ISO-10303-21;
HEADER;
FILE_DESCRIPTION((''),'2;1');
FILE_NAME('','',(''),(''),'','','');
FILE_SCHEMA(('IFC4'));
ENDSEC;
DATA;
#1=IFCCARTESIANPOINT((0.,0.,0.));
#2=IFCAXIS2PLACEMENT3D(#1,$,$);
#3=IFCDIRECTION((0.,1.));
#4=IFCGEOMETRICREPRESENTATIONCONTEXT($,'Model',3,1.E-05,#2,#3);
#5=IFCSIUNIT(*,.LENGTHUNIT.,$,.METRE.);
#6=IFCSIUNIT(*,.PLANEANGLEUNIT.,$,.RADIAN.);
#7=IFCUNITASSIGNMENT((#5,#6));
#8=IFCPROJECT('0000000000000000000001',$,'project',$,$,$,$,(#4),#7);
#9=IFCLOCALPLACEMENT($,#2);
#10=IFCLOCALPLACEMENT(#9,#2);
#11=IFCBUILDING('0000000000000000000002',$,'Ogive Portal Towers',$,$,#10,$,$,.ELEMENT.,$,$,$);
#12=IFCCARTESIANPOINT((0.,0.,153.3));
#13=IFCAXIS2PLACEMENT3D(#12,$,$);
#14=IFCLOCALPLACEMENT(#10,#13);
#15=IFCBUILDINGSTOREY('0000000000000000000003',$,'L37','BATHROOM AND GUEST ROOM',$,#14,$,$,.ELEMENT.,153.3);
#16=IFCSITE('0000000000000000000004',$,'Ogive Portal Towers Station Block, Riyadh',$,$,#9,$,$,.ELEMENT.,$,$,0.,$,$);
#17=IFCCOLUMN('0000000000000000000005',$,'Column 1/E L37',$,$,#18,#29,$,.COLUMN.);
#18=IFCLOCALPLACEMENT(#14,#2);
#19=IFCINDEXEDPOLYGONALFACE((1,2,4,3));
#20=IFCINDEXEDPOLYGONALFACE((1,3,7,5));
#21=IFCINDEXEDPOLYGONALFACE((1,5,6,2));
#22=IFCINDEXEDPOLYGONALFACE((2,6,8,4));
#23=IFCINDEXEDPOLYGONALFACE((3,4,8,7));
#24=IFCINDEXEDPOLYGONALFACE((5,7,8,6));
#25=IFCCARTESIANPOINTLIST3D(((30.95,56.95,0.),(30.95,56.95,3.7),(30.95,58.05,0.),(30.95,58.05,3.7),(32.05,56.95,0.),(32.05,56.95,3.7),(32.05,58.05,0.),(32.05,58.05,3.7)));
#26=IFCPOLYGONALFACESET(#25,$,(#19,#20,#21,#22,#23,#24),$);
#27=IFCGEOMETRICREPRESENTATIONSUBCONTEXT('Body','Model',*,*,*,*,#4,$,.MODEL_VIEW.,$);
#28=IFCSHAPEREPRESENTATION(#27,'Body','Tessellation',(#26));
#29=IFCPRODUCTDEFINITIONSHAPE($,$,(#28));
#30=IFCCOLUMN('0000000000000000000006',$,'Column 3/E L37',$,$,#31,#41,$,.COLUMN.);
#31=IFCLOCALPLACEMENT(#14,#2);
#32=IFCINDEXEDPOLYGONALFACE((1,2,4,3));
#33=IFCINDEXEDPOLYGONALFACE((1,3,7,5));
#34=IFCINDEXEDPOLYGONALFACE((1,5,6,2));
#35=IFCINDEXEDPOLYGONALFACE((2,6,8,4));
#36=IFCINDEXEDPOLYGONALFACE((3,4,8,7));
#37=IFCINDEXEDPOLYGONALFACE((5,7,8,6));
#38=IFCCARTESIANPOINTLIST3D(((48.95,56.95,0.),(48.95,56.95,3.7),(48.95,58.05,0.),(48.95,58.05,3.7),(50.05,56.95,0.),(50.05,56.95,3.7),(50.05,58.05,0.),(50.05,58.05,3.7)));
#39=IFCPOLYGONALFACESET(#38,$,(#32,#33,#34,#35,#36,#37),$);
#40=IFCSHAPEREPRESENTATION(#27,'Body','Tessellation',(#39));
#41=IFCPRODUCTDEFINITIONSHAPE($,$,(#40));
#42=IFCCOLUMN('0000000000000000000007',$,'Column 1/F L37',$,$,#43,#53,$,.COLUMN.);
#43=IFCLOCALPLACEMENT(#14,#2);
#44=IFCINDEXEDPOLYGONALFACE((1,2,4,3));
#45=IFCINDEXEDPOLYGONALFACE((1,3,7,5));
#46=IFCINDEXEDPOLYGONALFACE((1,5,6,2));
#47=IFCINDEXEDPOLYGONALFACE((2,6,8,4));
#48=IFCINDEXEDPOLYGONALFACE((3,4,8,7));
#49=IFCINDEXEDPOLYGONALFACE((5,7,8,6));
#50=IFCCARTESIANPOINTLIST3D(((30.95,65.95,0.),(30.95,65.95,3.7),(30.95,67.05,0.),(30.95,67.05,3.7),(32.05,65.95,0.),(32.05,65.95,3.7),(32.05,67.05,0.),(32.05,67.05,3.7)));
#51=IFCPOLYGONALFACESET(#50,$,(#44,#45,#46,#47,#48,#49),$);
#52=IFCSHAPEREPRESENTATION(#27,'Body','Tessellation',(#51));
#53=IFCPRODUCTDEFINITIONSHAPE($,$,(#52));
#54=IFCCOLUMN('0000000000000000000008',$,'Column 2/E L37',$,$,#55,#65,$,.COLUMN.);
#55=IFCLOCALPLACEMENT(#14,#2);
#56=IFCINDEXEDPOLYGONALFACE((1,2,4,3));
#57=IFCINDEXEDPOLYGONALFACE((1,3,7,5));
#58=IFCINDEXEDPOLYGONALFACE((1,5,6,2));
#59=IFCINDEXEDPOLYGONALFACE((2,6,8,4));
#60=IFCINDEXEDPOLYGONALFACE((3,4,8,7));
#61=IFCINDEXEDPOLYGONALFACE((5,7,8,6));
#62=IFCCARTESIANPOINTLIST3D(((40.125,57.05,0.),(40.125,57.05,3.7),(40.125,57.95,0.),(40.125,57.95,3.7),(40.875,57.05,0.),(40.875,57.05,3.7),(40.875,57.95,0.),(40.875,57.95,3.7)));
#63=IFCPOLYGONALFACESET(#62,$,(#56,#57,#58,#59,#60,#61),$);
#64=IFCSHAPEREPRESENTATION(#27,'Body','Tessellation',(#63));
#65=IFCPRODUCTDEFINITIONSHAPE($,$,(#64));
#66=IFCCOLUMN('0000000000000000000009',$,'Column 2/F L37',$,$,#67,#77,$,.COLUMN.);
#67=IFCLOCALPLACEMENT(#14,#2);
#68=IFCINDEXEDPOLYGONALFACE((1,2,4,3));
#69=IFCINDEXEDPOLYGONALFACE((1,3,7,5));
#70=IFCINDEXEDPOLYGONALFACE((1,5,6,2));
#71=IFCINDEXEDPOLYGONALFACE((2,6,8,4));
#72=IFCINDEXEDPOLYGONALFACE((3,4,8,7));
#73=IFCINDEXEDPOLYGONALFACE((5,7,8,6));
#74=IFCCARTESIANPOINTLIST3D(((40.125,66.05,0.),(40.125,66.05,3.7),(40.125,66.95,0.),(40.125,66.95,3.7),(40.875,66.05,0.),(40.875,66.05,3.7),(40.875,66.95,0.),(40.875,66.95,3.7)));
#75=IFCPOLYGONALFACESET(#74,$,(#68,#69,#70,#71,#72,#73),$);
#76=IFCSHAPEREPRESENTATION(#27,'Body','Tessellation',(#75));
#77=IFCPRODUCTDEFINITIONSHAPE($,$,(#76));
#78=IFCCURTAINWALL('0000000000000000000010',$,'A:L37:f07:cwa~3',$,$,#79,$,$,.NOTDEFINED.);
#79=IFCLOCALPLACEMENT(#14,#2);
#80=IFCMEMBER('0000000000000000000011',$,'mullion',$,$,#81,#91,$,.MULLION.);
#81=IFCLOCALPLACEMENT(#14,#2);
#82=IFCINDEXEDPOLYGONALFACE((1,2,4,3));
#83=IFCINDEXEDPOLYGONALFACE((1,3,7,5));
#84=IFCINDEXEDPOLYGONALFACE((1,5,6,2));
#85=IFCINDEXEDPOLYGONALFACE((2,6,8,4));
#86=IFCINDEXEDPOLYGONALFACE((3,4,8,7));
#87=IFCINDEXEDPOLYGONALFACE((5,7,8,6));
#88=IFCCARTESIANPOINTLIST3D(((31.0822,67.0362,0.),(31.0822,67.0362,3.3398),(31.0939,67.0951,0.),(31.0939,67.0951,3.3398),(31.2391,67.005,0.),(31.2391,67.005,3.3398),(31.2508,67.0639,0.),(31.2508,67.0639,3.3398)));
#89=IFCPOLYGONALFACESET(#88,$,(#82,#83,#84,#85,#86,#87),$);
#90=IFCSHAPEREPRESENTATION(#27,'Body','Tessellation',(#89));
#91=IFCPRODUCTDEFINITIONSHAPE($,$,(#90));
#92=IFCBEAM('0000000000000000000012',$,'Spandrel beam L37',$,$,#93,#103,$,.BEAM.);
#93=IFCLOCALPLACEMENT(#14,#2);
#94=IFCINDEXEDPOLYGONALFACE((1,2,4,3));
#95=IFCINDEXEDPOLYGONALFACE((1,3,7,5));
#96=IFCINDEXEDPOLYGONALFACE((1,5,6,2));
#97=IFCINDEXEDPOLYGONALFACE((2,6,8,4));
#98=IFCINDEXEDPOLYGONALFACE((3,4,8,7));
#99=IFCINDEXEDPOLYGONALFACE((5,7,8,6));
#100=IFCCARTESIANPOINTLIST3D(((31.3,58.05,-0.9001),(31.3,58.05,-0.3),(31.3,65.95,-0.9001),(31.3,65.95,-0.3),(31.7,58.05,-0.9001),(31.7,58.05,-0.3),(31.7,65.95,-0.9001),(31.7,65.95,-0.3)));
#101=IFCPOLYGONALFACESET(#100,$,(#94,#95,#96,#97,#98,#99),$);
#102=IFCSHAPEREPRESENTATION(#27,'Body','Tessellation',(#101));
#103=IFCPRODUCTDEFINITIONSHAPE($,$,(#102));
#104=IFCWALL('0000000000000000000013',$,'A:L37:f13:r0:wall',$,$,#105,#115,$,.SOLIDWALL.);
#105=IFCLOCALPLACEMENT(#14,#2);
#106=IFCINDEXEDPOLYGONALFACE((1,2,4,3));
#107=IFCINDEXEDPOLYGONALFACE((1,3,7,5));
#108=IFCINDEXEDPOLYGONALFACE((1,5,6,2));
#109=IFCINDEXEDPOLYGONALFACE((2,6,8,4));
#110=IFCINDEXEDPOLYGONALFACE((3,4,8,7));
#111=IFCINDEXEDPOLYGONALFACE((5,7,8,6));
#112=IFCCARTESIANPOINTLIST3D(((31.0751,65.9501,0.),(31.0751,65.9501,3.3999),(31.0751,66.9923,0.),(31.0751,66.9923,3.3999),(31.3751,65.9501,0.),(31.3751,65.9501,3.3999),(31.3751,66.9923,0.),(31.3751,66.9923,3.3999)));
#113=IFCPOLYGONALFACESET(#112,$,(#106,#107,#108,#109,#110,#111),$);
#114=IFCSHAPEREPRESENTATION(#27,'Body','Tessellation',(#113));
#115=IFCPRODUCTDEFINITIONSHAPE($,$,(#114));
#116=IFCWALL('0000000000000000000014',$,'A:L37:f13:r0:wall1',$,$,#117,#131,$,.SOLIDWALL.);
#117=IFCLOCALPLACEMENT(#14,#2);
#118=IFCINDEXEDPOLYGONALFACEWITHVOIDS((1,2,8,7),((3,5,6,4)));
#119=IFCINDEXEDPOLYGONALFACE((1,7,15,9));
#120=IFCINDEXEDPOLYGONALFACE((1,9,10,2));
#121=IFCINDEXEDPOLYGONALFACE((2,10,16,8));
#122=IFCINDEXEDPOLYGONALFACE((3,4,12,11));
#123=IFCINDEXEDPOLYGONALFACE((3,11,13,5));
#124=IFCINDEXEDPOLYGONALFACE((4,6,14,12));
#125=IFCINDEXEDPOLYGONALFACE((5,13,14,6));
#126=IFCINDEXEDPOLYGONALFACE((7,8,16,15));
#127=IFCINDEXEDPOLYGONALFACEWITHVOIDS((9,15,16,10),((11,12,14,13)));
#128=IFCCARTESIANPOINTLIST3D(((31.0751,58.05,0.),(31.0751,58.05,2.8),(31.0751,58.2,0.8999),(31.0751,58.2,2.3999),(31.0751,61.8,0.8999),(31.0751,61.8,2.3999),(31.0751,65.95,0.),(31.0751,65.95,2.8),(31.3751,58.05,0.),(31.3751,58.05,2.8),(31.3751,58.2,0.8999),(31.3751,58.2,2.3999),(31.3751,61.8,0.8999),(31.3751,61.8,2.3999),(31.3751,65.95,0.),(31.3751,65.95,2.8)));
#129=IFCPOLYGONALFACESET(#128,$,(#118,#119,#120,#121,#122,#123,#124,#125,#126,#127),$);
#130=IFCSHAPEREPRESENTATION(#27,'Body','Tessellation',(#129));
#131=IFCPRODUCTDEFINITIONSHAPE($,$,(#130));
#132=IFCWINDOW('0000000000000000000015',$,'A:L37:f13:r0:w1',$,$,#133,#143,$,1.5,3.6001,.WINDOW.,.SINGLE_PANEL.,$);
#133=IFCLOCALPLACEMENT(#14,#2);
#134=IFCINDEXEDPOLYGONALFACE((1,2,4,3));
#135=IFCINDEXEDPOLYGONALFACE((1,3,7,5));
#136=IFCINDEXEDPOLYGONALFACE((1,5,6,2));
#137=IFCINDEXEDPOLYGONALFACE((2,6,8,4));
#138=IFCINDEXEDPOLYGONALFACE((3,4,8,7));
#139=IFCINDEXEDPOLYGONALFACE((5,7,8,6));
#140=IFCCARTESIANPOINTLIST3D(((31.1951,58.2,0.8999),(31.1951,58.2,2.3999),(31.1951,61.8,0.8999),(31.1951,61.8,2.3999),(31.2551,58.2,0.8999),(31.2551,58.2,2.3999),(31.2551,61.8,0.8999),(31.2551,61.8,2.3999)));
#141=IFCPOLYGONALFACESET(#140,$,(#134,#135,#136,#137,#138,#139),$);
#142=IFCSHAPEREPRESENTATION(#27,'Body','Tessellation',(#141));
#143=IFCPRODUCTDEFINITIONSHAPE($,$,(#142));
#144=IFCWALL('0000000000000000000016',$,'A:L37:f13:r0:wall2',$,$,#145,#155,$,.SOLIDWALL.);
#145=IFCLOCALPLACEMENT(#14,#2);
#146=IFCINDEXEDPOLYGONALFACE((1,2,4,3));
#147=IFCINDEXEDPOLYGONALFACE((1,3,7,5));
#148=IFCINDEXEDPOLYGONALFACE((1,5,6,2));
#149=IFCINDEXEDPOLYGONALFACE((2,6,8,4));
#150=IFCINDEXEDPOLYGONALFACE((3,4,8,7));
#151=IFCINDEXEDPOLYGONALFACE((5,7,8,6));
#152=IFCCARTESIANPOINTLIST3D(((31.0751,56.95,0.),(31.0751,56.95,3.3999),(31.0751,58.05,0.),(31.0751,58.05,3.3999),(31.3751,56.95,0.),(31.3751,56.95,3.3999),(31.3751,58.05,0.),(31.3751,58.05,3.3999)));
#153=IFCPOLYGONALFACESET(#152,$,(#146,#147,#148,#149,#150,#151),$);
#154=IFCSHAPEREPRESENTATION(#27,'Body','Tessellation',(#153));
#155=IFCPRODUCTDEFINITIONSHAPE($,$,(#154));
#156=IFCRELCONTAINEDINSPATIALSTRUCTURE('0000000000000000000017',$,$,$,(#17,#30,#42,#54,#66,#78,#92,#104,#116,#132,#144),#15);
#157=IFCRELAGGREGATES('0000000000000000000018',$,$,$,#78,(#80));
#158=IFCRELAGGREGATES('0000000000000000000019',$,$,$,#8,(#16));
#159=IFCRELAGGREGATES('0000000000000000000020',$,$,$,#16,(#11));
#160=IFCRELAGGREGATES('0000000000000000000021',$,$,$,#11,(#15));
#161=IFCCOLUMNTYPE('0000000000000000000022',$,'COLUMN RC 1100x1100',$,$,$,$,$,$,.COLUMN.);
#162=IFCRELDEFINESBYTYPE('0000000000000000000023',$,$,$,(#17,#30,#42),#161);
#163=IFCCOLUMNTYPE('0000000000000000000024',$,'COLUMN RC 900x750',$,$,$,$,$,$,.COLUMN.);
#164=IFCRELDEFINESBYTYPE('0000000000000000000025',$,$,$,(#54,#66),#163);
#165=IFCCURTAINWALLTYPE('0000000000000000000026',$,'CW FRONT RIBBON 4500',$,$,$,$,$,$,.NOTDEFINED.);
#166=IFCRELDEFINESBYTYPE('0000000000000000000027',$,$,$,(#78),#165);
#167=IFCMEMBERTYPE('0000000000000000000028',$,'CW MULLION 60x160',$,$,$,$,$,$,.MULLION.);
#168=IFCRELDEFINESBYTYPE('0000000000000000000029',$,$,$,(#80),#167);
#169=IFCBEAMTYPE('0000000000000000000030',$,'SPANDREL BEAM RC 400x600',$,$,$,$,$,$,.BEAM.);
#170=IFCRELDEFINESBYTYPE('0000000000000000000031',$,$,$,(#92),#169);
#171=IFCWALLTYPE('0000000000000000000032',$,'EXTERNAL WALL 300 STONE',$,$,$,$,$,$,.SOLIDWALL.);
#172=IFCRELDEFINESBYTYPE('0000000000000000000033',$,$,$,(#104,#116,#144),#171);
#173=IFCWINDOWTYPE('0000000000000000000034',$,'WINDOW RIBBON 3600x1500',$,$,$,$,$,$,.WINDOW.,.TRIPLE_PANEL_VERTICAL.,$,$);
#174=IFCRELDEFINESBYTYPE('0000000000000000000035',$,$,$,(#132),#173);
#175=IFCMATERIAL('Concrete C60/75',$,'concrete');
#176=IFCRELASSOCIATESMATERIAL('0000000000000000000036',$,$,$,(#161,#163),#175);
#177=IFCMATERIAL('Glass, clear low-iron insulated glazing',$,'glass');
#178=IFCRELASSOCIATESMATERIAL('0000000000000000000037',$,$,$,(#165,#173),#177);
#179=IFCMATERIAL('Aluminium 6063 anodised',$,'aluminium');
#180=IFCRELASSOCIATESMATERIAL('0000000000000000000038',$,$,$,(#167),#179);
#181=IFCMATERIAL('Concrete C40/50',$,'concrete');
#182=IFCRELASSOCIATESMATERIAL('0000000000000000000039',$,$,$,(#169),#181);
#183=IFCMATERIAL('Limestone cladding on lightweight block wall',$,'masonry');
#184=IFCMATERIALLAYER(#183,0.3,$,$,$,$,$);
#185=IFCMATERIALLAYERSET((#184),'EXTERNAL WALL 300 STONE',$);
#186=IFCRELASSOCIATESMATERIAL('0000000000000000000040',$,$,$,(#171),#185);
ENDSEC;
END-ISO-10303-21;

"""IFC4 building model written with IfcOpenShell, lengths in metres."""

from ifc_helpers import new_model, si_unit, direction, frame, frame_2d, origin, origin_2d, place, context, subcontext, project, spatial, rectangle, extrude, material, layer, layer_set, material_profile, profile_set, type_object, element, fill, aggregate, save


model = new_model("IFC4")

# Units and contexts
model_context = context("Model", 3, precision=1e-05, world=origin(), true_north=direction((0.0, 1.0)))
body_context = subcontext(model_context, "Body", "Model", "MODEL_VIEW")
ifc_project = project(units=[si_unit("LENGTHUNIT", "METRE"), si_unit("PLANEANGLEUNIT", "RADIAN")], contexts=[model_context])

# Site, building, storey
site_placement = place(None, origin())
site = spatial("IfcSite", under=ifc_project, at=site_placement, Name="Ogive Portal Towers Station Block, Riyadh", CompositionType="ELEMENT", RefElevation=0.0)
building_placement = place(site_placement, origin())
building = spatial("IfcBuilding", under=site, at=building_placement, Name="Ogive Portal Towers", CompositionType="ELEMENT")
storey_placement = place(building_placement, frame((0.0, 0.0, 153.3)))
storey = spatial("IfcBuildingStorey", under=building, at=storey_placement, Name="L37", Description="BATHROOM AND GUEST ROOM", CompositionType="ELEMENT", Elevation=153.3)

# Columns
ifc_material_1 = material(Name="Concrete C60/75", Category="concrete")
ifc_material_profile_1 = material_profile(ifc_material_1, rectangle(XDim=1.1001, YDim=1.1001, at=origin_2d()), Name="RC 1100x1100")
ifc_profile_set_1 = profile_set([ifc_material_profile_1], Name="Concrete C60/75")
column_type_1 = type_object("IfcColumnType", Name="COLUMN RC 1100x1100", PredefinedType="COLUMN", material=ifc_profile_set_1)
for number, where, z_axis, x_axis, name in (
    (1, (31.5, 57.5, 0.0), (0.0, 0.0, 1.0), (1.0, 0.0, 0.0), "Column 1/E L37"),
    (2, (49.5, 57.5, 0.0), (0.0, 0.0, 1.0), (1.0, 0.0, 0.0), "Column 3/E L37"),
    (3, (31.5, 66.5, 0.0), (0.0, 0.0, 1.0), (1.0, 0.0, 0.0), "Column 1/F L37"),
):
    element("IfcColumn", number, at=place(storey_placement, frame(where, z_axis=z_axis, x_axis=x_axis)), inside=storey, type_object=column_type_1, Name=name, PredefinedType="COLUMN", context=body_context, shape_type="SweptSolid", body=[
        extrude(rectangle(XDim=1.1001, YDim=1.1001, at=origin_2d()), origin(), (0.0, 0.0, 1.0), 3.7),
    ])
ifc_material_profile_2 = material_profile(ifc_material_1, rectangle(XDim=0.8999, YDim=0.75, at=origin_2d()), Name="RC 900x750")
ifc_profile_set_2 = profile_set([ifc_material_profile_2], Name="Concrete C60/75")
column_type_2 = type_object("IfcColumnType", Name="COLUMN RC 900x750", PredefinedType="COLUMN", material=ifc_profile_set_2)
for number, where, z_axis, x_axis, name in (
    (4, (40.5, 57.5, 0.0), (0.0, 0.0, 1.0), (0.0, 1.0, 0.0), "Column 2/E L37"),
    (5, (40.5, 66.5, 0.0), (0.0, 0.0, 1.0), (0.0, 1.0, 0.0), "Column 2/F L37"),
):
    element("IfcColumn", number, at=place(storey_placement, frame(where, z_axis=z_axis, x_axis=x_axis)), inside=storey, type_object=column_type_2, Name=name, PredefinedType="COLUMN", context=body_context, shape_type="SweptSolid", body=[
        extrude(rectangle(XDim=0.8999, YDim=0.75, at=origin_2d()), origin(), (0.0, 0.0, 1.0), 3.7),
    ])

# Curtain wall, member
ifc_material_2 = material(Name="Glass, clear low-iron insulated glazing", Category="glass")
curtain_wall_type = type_object("IfcCurtainWallType", Name="CW FRONT RIBBON 4500", PredefinedType="NOTDEFINED", material=ifc_material_2)
curtain_wall_placement = place(storey_placement, origin())
curtain_wall = element("IfcCurtainWall", 6, at=curtain_wall_placement, inside=storey, type_object=curtain_wall_type, Name="A:L37:f07:cwa~3", PredefinedType="NOTDEFINED")
ifc_material_3 = material(Name="Aluminium 6063 anodised", Category="aluminium")
ifc_material_profile_3 = material_profile(ifc_material_3, rectangle(XDim=0.1599, YDim=0.0601, at=origin_2d()), Name="AL 60x160")
ifc_profile_set_3 = profile_set([ifc_material_profile_3], Name="Aluminium 6063 anodised")
member_type = type_object("IfcMemberType", Name="CW MULLION 60x160", PredefinedType="MULLION", material=ifc_profile_set_3)
member_placement = place(storey_placement, frame((31.1665, 67.05, 0.0), z_axis=(0.0, 0.0, 1.0), x_axis=(0.980785, -0.19509, 0.0)))
member = element("IfcMember", 7, at=member_placement, type_object=member_type, Name="mullion", PredefinedType="MULLION", context=body_context, shape_type="SweptSolid", body=[
    extrude(rectangle(XDim=0.1599, YDim=0.0601, at=origin_2d()), origin(), (0.0, 0.0, 1.0), 3.3398),
])
aggregate(curtain_wall, [member])

# Beam
ifc_material_4 = material(Name="Concrete C40/50", Category="concrete")
ifc_material_profile_4 = material_profile(ifc_material_4, rectangle(XDim=0.3999, YDim=0.6001, at=origin_2d()), Name="RC 400x600")
ifc_profile_set_4 = profile_set([ifc_material_profile_4], Name="Concrete C40/50")
beam_type = type_object("IfcBeamType", Name="SPANDREL BEAM RC 400x600", PredefinedType="BEAM", material=ifc_profile_set_4)
beam_placement = place(storey_placement, frame((31.5, 58.05, -0.6001), z_axis=(0.0, 1.0, 0.0), x_axis=(-1.0, 0.0, 0.0)))
element("IfcBeam", 8, at=beam_placement, inside=storey, type_object=beam_type, Name="Spandrel beam L37", PredefinedType="BEAM", context=body_context, shape_type="SweptSolid", body=[
    extrude(rectangle(XDim=0.3999, YDim=0.6001, at=origin_2d()), origin(), (0.0, 0.0, 1.0), 7.8999),
])

# Wall
ifc_material_5 = material(Name="Limestone cladding on lightweight block wall", Category="masonry")
ifc_layer_1 = layer(ifc_material_5, 0.3)
ifc_layer_set_1 = layer_set([ifc_layer_1], Name="EXTERNAL WALL 300 STONE")
wall_type_1 = type_object("IfcWallType", Name="EXTERNAL WALL 300 STONE", PredefinedType="SOLIDWALL", material=ifc_layer_set_1)
wall_1_placement = place(storey_placement, frame((31.2251, 66.9922, 0.0), z_axis=(0.0, 0.0, 1.0), x_axis=(0.0, -1.0, 0.0)))
element("IfcWall", 9, at=wall_1_placement, inside=storey, type_object=wall_type_1, Name="A:L37:f13:r0:wall", PredefinedType="SOLIDWALL", context=body_context, shape_type="SweptSolid", body=[
    extrude(rectangle(XDim=1.0422, YDim=0.3, at=frame_2d((0.521, 0.0))), origin(), (0.0, 0.0, 1.0), 3.3999),
])

# Wall, opening, window
wall_2_placement = place(storey_placement, frame((31.2251, 65.95, 0.0), z_axis=(0.0, 0.0, 1.0), x_axis=(0.0, -1.0, 0.0)))
wall_2 = element("IfcWall", 10, at=wall_2_placement, inside=storey, type_object=wall_type_1, Name="A:L37:f13:r0:wall1", PredefinedType="SOLIDWALL", context=body_context, shape_type="SweptSolid", body=[
    extrude(rectangle(XDim=7.8999, YDim=0.3, at=frame_2d((3.95, 0.0))), origin(), (0.0, 0.0, 1.0), 2.8),
])
opening_1_placement = place(wall_2_placement, frame((4.1499, 0.0, 0.8999)))
opening_1 = element("IfcOpeningElement", 11, at=opening_1_placement, cuts=wall_2, PredefinedType="OPENING", context=body_context, shape_type="SweptSolid", body=[
    extrude(rectangle(XDim=3.6001, YDim=1.5, at=frame_2d((1.8, 0.75))), frame((0.0, 0.1602, 0.0), z_axis=(0.0, -1.0, 0.0), x_axis=(1.0, 0.0, 0.0)), (0.0, 0.0, 1.0), 0.3201),
])
window_type = type_object("IfcWindowType", Name="WINDOW RIBBON 3600x1500", PartitioningType="TRIPLE_PANEL_VERTICAL", PredefinedType="WINDOW", material=ifc_material_2)
window_1_placement = place(opening_1_placement, origin())
window_1 = element("IfcWindow", 12, at=window_1_placement, inside=storey, type_object=window_type, Name="A:L37:f13:r0:w1", OverallHeight=1.5, OverallWidth=3.6001, PartitioningType="SINGLE_PANEL", PredefinedType="WINDOW", context=body_context, shape_type="SweptSolid", body=[
    extrude(rectangle(XDim=3.6001, YDim=1.5, at=frame_2d((1.8, 0.75))), frame((0.0, 0.03, 0.0), z_axis=(0.0, -1.0, 0.0), x_axis=(1.0, 0.0, 0.0)), (0.0, 0.0, 1.0), 0.0601),
])
fill(opening_1, window_1)

# Wall
wall_3_placement = place(storey_placement, frame((31.2251, 58.05, 0.0), z_axis=(0.0, 0.0, 1.0), x_axis=(0.0, -1.0, 0.0)))
element("IfcWall", 13, at=wall_3_placement, inside=storey, type_object=wall_type_1, Name="A:L37:f13:r0:wall2", PredefinedType="SOLIDWALL", context=body_context, shape_type="SweptSolid", body=[
    extrude(rectangle(XDim=1.1001, YDim=0.3, at=frame_2d((0.55, 0.0))), origin(), (0.0, 0.0, 1.0), 3.3999),
])

save(model, "model.ifc")
